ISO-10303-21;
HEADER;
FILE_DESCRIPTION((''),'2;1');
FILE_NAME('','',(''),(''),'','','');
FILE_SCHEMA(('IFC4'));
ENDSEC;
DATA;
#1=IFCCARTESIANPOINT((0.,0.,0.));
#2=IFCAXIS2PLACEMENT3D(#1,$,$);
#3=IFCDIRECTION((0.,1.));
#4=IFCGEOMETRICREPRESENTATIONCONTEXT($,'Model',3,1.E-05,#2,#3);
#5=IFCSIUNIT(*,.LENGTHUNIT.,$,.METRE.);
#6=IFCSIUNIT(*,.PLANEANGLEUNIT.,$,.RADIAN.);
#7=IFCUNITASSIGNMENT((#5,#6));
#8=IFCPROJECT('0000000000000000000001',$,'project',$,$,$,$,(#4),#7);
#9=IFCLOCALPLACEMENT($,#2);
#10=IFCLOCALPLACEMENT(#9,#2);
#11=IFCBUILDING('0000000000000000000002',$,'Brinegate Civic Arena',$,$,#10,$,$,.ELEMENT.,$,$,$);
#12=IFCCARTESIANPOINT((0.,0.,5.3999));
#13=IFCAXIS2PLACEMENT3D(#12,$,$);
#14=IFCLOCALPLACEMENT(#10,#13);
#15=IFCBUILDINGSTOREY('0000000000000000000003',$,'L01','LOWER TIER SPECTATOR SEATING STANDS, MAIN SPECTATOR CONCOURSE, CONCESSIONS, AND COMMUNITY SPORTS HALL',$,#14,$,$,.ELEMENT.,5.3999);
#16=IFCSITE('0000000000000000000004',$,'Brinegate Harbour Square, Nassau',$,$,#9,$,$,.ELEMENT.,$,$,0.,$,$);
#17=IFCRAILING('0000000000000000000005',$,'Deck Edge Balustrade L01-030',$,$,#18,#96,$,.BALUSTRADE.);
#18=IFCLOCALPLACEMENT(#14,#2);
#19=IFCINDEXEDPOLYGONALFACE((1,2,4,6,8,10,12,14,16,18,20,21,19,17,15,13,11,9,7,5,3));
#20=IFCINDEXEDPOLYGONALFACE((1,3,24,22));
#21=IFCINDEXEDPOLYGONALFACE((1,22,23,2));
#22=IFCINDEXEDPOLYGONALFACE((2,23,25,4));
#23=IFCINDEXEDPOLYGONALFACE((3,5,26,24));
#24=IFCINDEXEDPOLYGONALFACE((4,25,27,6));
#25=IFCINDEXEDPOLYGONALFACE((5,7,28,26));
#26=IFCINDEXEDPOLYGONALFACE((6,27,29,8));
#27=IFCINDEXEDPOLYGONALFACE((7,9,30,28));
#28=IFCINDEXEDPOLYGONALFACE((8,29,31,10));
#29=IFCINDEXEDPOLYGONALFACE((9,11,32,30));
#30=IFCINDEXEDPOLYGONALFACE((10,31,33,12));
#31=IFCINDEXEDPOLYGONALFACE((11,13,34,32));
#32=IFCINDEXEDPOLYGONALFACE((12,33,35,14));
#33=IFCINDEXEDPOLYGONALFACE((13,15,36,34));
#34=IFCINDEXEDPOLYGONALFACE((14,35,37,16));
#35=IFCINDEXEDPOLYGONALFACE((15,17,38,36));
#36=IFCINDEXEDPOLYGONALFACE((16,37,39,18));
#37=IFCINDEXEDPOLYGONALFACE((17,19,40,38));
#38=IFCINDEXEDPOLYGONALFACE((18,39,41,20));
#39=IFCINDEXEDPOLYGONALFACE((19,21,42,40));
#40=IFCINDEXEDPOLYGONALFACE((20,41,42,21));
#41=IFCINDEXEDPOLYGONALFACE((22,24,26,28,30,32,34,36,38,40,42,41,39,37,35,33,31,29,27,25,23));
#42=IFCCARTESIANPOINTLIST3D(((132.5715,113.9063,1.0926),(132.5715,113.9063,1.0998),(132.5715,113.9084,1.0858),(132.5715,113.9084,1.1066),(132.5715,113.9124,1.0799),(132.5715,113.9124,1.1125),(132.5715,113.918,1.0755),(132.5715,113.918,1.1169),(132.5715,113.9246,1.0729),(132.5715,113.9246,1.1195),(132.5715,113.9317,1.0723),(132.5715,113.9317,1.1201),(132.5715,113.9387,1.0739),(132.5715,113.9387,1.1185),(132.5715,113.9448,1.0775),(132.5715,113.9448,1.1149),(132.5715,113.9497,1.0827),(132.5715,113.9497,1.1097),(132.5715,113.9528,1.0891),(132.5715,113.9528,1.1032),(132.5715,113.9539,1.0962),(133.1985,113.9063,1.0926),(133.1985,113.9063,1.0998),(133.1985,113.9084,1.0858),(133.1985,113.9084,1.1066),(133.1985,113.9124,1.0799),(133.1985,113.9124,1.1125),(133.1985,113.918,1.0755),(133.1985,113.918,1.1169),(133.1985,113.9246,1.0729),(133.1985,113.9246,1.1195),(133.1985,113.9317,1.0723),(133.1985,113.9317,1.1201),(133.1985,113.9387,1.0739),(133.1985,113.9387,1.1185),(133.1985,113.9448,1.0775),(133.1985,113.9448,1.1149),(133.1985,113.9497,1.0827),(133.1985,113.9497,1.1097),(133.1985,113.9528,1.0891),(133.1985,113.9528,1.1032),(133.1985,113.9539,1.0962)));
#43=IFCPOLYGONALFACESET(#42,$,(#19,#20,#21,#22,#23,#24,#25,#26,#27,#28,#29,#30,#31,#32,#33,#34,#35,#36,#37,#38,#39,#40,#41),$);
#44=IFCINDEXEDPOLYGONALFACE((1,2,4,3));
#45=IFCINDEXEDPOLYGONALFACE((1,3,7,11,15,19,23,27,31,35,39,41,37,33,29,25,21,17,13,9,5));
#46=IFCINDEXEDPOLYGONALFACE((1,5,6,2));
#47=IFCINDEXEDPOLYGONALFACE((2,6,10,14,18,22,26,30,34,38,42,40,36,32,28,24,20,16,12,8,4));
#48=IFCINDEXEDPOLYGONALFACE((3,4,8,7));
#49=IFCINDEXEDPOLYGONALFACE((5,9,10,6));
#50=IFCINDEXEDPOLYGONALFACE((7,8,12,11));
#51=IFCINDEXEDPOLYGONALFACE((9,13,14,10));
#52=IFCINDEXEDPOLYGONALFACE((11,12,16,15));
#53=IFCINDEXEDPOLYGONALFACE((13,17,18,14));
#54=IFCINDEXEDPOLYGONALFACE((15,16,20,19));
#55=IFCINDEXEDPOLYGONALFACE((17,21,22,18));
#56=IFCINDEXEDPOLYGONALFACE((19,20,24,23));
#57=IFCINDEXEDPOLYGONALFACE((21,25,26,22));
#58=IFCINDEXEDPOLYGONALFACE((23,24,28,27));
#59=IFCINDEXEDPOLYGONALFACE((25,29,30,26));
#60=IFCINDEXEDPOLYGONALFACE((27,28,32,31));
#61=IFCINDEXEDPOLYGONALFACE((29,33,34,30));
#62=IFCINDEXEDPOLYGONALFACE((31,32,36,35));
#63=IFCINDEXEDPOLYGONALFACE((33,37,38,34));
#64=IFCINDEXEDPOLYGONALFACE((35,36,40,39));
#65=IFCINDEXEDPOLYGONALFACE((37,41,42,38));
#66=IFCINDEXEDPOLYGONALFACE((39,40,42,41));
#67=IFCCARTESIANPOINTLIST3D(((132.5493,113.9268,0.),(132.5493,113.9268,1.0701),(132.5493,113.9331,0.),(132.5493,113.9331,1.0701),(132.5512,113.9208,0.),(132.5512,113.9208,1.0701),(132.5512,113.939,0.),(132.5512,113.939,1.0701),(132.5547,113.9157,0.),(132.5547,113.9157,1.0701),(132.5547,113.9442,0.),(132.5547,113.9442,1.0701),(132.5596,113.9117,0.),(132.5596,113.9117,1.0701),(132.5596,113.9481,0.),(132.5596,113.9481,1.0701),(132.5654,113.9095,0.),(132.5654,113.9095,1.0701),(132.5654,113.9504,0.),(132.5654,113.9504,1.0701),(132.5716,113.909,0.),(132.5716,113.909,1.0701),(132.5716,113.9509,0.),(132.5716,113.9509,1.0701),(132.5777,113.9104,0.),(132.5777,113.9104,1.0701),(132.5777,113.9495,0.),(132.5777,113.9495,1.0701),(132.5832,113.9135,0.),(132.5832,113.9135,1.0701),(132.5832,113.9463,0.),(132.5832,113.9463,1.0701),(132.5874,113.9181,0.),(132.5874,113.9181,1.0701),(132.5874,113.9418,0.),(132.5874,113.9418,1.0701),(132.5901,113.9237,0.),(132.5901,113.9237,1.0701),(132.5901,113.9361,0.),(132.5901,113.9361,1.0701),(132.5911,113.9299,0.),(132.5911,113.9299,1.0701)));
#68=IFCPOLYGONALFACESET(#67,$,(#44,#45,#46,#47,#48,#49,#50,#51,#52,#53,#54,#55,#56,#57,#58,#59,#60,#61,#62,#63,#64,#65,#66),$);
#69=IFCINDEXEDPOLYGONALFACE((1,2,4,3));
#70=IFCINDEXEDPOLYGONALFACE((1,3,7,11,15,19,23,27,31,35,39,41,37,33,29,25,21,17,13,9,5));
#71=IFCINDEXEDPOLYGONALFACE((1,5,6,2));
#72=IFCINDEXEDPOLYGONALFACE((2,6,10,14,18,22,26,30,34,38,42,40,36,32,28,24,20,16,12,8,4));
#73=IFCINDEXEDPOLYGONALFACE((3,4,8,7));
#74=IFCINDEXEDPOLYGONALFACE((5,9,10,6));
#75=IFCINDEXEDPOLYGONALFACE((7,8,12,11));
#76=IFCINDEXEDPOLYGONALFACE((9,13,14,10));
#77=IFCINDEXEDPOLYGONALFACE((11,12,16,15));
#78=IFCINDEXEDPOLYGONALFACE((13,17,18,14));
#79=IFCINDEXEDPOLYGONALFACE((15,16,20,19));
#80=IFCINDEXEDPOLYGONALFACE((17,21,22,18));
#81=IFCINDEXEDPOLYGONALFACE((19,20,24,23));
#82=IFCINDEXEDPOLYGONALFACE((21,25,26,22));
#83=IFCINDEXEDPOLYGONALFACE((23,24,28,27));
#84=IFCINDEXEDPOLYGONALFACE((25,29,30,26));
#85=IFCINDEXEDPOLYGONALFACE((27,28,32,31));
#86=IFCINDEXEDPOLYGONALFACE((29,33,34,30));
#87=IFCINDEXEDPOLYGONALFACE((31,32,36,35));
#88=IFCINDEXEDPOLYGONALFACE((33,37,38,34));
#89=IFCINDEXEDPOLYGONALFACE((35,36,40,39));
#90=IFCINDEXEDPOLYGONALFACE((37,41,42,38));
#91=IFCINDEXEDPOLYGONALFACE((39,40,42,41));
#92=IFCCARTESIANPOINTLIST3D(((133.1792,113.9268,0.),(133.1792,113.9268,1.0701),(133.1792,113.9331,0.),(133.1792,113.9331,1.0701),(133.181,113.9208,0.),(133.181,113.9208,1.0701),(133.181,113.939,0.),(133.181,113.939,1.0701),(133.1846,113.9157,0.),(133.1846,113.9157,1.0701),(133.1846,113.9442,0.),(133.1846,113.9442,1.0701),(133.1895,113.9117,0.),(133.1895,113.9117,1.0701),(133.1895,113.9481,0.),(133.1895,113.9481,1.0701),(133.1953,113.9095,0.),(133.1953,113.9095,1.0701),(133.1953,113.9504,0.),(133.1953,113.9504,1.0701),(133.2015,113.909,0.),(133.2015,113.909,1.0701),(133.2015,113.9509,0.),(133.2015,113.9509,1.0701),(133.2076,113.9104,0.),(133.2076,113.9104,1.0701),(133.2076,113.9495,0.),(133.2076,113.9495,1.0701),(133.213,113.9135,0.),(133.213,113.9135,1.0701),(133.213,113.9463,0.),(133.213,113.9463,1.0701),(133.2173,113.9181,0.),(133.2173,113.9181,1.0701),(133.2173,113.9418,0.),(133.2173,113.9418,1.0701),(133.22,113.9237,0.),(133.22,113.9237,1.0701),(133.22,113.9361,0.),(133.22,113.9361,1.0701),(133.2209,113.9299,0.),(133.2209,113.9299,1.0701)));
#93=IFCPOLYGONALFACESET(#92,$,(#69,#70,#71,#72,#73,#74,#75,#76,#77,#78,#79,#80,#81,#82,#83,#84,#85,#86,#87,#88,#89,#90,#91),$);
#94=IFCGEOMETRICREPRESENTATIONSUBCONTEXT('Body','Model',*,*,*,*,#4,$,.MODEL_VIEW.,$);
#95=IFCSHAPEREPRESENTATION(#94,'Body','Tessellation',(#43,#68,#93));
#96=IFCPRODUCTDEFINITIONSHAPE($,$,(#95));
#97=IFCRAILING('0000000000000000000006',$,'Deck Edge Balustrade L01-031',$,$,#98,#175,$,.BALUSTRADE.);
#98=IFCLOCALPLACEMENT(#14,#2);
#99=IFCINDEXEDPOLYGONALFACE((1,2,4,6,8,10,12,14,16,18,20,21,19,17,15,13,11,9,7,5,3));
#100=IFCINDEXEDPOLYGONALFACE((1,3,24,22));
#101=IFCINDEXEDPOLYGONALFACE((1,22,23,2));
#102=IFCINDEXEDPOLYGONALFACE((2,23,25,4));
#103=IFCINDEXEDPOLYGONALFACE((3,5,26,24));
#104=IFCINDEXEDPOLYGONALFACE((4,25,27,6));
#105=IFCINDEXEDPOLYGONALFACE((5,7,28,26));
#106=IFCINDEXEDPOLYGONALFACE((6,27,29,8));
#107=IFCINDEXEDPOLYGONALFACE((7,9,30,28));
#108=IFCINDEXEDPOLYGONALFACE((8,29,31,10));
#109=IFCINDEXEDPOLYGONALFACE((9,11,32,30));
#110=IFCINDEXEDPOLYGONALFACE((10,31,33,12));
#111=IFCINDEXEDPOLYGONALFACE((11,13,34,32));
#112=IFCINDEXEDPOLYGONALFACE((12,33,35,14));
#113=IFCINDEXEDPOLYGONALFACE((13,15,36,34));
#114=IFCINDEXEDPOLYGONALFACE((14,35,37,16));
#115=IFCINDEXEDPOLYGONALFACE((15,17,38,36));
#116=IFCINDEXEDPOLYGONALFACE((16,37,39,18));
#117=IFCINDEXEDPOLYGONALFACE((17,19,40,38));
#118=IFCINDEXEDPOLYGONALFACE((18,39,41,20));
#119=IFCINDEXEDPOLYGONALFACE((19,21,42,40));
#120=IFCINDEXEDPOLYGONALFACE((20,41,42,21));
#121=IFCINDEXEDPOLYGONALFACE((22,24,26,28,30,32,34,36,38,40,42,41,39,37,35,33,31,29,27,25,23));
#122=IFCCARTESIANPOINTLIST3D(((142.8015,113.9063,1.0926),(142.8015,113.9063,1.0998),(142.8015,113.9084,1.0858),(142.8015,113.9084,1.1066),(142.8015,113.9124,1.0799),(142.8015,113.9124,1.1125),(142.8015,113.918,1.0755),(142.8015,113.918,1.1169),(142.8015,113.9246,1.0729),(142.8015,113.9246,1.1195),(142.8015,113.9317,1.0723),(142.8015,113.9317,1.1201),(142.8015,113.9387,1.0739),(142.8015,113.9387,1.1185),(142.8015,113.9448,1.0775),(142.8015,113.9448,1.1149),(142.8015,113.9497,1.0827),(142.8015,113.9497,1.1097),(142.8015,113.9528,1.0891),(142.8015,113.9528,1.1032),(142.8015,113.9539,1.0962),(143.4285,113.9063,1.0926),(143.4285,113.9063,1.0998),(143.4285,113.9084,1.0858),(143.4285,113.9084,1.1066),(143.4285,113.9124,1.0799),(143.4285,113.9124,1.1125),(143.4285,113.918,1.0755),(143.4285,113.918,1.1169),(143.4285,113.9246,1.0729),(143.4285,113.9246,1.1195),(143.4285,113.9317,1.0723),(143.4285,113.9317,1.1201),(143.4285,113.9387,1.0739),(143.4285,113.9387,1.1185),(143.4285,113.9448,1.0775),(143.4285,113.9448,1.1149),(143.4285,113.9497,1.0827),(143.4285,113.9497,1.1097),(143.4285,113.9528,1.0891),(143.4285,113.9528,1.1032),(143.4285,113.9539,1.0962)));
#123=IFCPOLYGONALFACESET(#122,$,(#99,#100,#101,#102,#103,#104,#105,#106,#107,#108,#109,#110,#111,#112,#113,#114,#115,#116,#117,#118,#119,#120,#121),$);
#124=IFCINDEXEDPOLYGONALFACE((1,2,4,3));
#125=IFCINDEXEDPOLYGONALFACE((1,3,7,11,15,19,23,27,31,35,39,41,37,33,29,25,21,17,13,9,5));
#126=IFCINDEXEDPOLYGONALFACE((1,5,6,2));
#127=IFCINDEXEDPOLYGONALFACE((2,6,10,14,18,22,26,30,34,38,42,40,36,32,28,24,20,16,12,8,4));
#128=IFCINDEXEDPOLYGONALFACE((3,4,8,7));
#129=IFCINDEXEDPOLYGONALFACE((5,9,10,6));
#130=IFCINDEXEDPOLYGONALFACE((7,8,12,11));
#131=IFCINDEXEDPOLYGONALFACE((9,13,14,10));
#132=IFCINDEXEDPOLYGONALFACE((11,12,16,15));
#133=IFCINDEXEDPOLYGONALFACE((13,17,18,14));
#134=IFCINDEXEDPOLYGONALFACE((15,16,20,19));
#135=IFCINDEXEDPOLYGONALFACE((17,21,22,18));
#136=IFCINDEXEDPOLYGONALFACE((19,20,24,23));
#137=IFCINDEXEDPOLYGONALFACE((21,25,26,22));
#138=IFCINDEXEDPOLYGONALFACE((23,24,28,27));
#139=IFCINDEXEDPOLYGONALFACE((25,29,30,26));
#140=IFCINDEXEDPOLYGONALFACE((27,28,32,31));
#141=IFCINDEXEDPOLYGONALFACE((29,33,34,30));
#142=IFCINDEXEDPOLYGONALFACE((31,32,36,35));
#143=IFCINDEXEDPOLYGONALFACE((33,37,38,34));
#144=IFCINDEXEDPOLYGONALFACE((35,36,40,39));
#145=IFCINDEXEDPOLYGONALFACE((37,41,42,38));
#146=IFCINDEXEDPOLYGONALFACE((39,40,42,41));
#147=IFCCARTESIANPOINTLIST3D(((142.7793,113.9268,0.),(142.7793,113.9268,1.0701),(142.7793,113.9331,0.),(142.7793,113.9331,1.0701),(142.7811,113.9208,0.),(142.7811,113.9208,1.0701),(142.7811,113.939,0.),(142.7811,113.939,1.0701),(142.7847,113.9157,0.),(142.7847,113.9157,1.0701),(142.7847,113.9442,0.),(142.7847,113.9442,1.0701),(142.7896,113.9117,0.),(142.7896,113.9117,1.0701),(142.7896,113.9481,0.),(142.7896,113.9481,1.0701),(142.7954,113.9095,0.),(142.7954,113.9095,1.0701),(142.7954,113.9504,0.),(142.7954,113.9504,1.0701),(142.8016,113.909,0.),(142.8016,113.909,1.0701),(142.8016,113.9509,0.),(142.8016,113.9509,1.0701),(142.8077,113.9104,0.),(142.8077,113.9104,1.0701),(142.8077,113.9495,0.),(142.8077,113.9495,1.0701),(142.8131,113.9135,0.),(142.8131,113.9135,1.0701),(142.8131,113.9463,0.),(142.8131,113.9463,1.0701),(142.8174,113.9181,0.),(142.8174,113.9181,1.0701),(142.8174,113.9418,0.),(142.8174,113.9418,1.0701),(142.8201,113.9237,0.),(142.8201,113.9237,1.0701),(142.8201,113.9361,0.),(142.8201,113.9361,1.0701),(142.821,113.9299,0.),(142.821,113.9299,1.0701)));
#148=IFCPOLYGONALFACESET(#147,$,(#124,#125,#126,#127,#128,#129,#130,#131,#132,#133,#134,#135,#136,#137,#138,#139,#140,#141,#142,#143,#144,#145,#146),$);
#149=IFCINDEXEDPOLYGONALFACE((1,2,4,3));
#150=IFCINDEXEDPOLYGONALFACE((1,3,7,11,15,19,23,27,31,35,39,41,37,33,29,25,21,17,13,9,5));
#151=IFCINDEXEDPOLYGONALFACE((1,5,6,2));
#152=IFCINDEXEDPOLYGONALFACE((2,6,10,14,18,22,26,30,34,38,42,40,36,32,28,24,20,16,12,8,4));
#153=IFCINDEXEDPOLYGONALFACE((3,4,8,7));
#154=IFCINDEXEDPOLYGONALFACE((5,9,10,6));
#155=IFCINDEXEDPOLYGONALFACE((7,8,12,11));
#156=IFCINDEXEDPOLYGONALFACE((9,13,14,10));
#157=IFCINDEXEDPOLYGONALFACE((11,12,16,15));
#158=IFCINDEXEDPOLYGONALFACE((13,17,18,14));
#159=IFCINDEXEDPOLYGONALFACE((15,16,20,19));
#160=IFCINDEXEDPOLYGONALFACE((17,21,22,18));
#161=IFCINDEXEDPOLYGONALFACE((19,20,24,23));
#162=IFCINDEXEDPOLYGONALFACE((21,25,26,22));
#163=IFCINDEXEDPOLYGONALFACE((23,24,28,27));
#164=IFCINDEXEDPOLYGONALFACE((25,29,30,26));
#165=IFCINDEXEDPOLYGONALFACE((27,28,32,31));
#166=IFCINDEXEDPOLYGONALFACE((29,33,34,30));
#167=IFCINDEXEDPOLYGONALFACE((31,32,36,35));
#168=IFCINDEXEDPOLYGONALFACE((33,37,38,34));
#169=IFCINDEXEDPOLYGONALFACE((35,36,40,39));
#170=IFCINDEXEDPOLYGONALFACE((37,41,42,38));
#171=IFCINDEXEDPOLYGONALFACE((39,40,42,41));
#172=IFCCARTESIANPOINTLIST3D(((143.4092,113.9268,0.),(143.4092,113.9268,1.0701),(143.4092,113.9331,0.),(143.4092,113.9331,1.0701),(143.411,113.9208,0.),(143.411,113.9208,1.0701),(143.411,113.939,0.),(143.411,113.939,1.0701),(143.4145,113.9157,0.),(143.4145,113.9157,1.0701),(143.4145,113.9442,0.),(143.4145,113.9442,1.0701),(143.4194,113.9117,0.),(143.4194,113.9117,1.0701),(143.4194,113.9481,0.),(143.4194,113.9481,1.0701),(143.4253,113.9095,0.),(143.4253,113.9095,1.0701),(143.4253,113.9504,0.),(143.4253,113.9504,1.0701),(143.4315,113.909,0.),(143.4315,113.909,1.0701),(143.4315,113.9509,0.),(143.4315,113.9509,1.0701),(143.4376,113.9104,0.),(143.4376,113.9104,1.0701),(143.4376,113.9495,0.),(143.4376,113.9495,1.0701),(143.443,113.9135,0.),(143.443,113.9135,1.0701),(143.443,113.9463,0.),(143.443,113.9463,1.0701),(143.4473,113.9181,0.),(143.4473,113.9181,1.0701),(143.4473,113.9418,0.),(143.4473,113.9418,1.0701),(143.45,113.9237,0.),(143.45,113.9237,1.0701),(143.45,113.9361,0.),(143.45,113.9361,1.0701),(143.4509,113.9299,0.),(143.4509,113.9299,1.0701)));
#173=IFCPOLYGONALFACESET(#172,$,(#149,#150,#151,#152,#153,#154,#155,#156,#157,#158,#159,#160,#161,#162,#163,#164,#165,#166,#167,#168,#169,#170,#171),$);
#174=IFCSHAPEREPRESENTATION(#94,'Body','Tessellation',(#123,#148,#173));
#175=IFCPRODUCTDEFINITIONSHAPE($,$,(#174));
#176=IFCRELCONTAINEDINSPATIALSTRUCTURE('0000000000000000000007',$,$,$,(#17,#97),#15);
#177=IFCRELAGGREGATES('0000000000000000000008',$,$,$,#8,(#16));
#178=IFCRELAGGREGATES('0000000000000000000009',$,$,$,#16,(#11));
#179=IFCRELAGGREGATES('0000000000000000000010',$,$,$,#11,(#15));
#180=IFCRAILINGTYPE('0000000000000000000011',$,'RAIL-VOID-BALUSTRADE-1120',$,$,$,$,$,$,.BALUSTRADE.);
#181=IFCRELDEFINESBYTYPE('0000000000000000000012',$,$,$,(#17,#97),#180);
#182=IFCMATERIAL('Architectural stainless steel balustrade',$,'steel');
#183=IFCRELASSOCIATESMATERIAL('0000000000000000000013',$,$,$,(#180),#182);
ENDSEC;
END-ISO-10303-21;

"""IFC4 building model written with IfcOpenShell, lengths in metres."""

from ifc_helpers import new_model, si_unit, direction, frame, origin, origin_2d, place, context, subcontext, project, spatial, circle, extrude, material, type_object, element, save


model = new_model("IFC4")

# Units and contexts
model_context = context("Model", 3, precision=1e-05, world=origin(), true_north=direction((0.0, 1.0)))
body_context = subcontext(model_context, "Body", "Model", "MODEL_VIEW")
ifc_project = project(units=[si_unit("LENGTHUNIT", "METRE"), si_unit("PLANEANGLEUNIT", "RADIAN")], contexts=[model_context])

# Site, building, storey
site_placement = place(None, origin())
site = spatial("IfcSite", under=ifc_project, at=site_placement, Name="Brinegate Harbour Square, Nassau", CompositionType="ELEMENT", RefElevation=0.0)
building_placement = place(site_placement, origin())
building = spatial("IfcBuilding", under=site, at=building_placement, Name="Brinegate Civic Arena", CompositionType="ELEMENT")
storey_placement = place(building_placement, frame((0.0, 0.0, 5.3999)))
storey = spatial("IfcBuildingStorey", under=building, at=storey_placement, Name="L01", Description="LOWER TIER SPECTATOR SEATING STANDS, MAIN SPECTATOR CONCOURSE, CONCESSIONS, AND COMMUNITY SPORTS HALL", CompositionType="ELEMENT", Elevation=5.3999)

# Railings
ifc_material_1 = material(Name="Architectural stainless steel balustrade", Category="steel")
railing_type_1 = type_object("IfcRailingType", Name="RAIL-VOID-BALUSTRADE-1120", PredefinedType="BALUSTRADE", material=ifc_material_1)
for number, where, name in (
    (1, (132.5701, 113.9299, 0.0), "Deck Edge Balustrade L01-030"),
    (2, (142.8, 113.9299, 0.0), "Deck Edge Balustrade L01-031"),
):
    element("IfcRailing", number, at=place(storey_placement, frame(where)), inside=storey, type_object=railing_type_1, Name=name, PredefinedType="BALUSTRADE", context=body_context, shape_type="SweptSolid", body=[
        extrude(circle(Radius=0.0239, at=origin_2d()), frame((0.0015, 0.0, 1.0962), z_axis=(1.0, 0.0, 0.0), x_axis=(0.0, 1.0, 0.0)), (0.0, 0.0, 1.0), 0.627),
        extrude(circle(Radius=0.021, at=origin_2d()), origin(), (0.0, 0.0, 1.0), 1.0701),
        extrude(circle(Radius=0.021, at=origin_2d()), frame((0.6299, 0.0, 0.0)), (0.0, 0.0, 1.0), 1.0701),
    ])

save(model, "model.ifc")
